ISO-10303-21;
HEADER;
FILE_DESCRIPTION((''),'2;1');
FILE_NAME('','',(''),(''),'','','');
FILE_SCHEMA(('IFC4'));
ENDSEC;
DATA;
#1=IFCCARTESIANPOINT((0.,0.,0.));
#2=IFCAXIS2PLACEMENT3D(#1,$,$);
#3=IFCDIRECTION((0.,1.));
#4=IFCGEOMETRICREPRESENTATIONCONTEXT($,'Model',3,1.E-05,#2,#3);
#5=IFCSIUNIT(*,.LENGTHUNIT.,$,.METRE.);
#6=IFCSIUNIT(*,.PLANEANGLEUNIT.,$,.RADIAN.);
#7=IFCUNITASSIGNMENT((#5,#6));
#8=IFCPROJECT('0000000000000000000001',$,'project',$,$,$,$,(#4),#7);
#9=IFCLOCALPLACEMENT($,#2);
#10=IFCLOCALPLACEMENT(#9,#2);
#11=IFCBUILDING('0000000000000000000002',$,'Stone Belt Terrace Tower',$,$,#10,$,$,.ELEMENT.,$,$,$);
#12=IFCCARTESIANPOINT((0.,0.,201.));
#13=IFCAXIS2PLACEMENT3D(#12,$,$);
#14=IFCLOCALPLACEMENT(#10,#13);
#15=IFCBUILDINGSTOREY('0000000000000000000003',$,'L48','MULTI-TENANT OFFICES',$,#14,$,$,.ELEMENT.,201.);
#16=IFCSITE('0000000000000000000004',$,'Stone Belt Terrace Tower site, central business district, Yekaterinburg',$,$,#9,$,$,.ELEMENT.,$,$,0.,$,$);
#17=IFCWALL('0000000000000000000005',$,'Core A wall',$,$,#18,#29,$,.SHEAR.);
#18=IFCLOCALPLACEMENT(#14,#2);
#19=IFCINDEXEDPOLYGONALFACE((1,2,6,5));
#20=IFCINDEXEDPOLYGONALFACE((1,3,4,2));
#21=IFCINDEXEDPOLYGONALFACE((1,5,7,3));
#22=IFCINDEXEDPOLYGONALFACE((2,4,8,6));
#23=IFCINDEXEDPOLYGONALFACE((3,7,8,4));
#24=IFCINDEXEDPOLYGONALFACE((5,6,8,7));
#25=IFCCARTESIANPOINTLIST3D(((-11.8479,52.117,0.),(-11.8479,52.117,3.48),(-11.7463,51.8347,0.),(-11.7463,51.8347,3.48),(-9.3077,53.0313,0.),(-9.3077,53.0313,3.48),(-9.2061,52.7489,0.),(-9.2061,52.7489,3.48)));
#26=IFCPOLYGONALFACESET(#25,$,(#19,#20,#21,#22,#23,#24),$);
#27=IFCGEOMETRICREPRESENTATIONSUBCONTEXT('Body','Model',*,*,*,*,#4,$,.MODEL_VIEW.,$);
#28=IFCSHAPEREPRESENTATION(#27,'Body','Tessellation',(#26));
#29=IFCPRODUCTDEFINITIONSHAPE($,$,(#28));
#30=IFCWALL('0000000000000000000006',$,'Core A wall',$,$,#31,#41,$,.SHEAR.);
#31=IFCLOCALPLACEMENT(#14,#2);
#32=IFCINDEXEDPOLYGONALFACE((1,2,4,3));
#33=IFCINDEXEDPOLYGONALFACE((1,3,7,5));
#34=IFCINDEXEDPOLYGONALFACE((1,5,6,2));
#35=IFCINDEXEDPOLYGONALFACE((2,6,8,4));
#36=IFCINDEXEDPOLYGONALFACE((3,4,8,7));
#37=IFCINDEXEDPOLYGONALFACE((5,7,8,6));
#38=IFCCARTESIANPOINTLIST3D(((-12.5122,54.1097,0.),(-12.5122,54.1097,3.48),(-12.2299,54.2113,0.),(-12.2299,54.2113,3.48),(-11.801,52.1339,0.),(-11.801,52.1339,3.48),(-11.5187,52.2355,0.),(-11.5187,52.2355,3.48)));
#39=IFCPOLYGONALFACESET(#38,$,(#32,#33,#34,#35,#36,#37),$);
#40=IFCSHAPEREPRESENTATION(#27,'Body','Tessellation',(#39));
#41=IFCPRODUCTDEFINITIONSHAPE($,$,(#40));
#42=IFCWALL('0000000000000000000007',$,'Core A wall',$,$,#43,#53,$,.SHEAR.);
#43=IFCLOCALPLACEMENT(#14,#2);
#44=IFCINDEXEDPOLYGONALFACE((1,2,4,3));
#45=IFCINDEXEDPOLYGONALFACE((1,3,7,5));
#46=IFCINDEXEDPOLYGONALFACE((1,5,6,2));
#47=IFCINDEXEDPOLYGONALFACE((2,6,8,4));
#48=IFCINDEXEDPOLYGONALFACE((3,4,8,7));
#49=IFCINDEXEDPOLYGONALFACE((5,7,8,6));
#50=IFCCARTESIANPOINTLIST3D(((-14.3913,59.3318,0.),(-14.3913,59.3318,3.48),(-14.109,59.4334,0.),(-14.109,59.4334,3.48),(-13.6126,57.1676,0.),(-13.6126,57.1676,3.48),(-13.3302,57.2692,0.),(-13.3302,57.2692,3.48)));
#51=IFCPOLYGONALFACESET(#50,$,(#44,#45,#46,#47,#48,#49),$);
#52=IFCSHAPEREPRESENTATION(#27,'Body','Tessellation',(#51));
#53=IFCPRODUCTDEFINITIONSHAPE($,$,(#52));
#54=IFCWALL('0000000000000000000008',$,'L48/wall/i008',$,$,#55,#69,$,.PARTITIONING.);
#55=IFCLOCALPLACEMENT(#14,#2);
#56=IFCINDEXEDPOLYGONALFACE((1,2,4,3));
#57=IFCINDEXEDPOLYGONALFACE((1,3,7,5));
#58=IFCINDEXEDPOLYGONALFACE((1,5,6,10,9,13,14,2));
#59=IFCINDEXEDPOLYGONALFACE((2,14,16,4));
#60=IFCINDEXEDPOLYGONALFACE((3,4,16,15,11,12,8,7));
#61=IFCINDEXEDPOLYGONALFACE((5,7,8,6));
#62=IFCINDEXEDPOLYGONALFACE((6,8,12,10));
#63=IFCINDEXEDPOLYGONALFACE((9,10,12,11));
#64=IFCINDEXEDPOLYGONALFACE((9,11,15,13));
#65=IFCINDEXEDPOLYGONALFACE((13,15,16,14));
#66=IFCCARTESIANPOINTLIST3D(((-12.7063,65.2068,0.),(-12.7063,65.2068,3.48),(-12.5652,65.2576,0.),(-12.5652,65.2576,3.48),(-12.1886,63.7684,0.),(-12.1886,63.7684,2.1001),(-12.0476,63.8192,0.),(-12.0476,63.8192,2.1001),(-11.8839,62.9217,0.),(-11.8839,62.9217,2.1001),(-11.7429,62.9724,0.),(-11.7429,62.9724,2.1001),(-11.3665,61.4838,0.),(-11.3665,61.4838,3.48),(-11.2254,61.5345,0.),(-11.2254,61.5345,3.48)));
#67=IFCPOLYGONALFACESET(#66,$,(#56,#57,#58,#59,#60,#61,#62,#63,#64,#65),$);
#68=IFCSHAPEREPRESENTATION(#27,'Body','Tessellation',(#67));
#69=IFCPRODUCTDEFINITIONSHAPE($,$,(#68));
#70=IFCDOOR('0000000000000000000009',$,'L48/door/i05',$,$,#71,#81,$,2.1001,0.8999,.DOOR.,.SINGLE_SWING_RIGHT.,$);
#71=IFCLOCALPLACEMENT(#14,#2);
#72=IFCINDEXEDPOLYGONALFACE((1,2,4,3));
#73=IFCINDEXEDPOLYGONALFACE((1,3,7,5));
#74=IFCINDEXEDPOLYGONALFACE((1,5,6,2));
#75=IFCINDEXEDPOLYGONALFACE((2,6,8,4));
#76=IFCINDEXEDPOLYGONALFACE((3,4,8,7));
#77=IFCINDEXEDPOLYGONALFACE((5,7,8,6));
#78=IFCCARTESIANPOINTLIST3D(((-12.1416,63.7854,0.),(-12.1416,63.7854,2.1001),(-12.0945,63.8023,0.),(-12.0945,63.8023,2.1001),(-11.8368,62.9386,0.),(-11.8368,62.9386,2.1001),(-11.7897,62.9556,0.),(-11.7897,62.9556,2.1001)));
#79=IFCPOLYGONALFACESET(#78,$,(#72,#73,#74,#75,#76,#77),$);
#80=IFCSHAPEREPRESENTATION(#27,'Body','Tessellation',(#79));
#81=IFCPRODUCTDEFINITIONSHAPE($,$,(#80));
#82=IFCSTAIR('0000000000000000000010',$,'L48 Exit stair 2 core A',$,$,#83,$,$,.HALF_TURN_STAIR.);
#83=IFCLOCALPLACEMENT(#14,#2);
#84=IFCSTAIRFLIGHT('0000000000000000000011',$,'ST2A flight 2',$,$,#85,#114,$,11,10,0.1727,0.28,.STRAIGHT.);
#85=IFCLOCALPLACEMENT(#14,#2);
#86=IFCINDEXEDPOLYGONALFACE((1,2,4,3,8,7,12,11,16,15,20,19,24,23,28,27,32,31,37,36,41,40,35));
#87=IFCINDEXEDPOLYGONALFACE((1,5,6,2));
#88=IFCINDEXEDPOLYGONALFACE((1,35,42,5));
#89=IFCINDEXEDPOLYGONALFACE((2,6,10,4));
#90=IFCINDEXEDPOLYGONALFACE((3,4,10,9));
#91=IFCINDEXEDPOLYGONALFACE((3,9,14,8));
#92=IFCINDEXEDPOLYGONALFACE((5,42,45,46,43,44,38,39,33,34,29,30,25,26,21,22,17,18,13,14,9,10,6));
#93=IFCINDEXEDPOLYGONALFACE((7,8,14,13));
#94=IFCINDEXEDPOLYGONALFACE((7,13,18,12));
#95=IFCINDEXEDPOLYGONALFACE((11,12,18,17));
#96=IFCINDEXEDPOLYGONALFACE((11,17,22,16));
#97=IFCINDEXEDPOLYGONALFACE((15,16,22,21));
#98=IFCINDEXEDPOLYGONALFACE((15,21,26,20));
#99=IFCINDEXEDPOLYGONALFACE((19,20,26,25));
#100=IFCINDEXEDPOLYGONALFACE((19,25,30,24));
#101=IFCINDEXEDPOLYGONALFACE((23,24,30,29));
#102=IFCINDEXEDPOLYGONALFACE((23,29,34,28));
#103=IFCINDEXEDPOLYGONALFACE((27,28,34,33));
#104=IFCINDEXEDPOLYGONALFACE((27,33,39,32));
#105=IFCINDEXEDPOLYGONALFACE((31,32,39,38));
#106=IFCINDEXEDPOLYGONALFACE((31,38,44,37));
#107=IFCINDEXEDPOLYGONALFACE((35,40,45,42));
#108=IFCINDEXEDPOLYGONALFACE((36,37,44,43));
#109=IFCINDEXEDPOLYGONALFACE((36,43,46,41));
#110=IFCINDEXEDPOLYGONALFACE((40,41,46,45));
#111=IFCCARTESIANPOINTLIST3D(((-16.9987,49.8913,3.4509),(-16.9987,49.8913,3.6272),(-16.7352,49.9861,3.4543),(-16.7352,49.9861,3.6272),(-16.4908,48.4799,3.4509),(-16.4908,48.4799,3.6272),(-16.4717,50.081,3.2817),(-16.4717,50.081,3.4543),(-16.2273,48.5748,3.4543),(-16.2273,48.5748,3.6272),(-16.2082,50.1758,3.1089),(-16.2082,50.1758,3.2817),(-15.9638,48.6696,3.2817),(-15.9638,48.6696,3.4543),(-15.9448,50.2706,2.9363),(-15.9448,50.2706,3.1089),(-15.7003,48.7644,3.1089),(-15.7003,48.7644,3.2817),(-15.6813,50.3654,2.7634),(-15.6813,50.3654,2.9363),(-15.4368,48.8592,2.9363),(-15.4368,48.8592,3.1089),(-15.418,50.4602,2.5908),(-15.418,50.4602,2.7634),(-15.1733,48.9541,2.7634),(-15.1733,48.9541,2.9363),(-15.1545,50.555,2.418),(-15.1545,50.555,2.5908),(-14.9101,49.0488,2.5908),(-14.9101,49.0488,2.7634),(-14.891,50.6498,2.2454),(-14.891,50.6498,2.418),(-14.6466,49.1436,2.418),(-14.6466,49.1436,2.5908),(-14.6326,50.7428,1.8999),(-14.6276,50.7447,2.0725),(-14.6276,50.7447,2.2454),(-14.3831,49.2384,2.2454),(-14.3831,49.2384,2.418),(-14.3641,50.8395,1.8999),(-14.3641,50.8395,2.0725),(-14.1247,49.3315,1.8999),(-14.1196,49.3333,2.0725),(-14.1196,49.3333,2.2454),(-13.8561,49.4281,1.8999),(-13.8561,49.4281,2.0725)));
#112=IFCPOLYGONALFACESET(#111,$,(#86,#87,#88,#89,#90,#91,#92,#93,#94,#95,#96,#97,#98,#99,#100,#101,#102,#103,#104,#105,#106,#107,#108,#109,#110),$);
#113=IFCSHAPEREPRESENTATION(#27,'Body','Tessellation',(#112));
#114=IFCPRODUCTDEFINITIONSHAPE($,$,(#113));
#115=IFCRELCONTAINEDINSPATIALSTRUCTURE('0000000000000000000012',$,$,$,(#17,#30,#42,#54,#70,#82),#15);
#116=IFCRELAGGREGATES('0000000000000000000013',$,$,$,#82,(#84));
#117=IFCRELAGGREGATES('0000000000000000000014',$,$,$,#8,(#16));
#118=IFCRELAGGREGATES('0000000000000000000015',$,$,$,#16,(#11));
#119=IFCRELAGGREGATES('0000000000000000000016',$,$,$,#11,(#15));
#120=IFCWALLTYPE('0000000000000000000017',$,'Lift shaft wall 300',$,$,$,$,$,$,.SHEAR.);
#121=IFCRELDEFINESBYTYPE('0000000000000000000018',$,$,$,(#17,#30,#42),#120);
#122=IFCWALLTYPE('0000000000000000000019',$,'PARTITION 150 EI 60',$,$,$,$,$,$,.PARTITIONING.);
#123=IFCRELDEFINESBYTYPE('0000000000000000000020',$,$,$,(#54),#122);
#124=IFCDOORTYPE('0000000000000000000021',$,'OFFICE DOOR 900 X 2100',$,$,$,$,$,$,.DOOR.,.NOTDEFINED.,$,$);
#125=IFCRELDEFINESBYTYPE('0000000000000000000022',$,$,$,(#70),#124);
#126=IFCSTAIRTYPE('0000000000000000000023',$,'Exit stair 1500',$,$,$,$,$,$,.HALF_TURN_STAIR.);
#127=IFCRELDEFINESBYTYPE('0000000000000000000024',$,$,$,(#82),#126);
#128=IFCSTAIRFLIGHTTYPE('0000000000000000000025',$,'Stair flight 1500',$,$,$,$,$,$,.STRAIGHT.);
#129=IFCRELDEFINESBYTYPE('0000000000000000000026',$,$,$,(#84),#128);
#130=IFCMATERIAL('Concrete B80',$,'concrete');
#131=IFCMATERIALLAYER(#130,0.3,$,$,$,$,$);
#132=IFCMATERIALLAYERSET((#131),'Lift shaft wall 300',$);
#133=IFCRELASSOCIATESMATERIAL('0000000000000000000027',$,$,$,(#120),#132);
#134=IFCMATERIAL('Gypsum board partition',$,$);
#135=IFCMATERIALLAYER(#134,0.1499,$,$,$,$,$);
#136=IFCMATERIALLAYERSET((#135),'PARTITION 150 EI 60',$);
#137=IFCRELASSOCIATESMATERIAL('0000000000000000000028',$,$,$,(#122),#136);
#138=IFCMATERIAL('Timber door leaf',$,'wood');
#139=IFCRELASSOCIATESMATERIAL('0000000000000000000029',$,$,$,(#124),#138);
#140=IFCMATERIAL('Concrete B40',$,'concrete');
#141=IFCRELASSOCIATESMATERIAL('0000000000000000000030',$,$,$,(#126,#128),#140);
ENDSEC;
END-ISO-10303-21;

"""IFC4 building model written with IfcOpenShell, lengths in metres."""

from ifc_helpers import new_model, si_unit, direction, frame, frame_2d, origin, place, context, subcontext, project, spatial, polyline, rectangle, outline, extrude, material, layer, layer_set, type_object, element, fill, aggregate, save


model = new_model("IFC4")

# Units and contexts
model_context = context("Model", 3, precision=1e-05, world=origin(), true_north=direction((0.0, 1.0)))
body_context = subcontext(model_context, "Body", "Model", "MODEL_VIEW")
ifc_project = project(units=[si_unit("LENGTHUNIT", "METRE"), si_unit("PLANEANGLEUNIT", "RADIAN")], contexts=[model_context])

# Site, building, storey
site_placement = place(None, origin())
site = spatial("IfcSite", under=ifc_project, at=site_placement, Name="Stone Belt Terrace Tower site, central business district, Yekaterinburg", CompositionType="ELEMENT", RefElevation=0.0)
building_placement = place(site_placement, origin())
building = spatial("IfcBuilding", under=site, at=building_placement, Name="Stone Belt Terrace Tower", CompositionType="ELEMENT")
storey_placement = place(building_placement, frame((0.0, 0.0, 201.0)))
storey = spatial("IfcBuildingStorey", under=building, at=storey_placement, Name="L48", Description="MULTI-TENANT OFFICES", CompositionType="ELEMENT", Elevation=201.0)

# Shared definitions
ifc_material_1 = material(Name="Timber door leaf", Category="wood")

# Walls
ifc_material_2 = material(Name="Concrete B80", Category="concrete")
ifc_layer_1 = layer(ifc_material_2, 0.3)
ifc_layer_set_1 = layer_set([ifc_layer_1], Name="Lift shaft wall 300")
wall_type_1 = type_object("IfcWallType", Name="Lift shaft wall 300", PredefinedType="SHEAR", material=ifc_layer_set_1)
wall_1_placement = place(storey_placement, frame((-11.7971, 51.9758, 0.0), z_axis=(0.0, 0.0, 1.0), x_axis=(0.94091, 0.338655, 0.0)))
element("IfcWall", 1, at=wall_1_placement, inside=storey, type_object=wall_type_1, Name="Core A wall", PredefinedType="SHEAR", context=body_context, shape_type="SweptSolid", body=[
    extrude(rectangle(XDim=2.6997, YDim=0.3, at=frame_2d((1.3499, 0.0))), origin(), (0.0, 0.0, 1.0), 3.48),
])
wall_2_placement = place(storey_placement, frame((-11.6599, 52.1848, 0.0), z_axis=(0.0, 0.0, 1.0), x_axis=(-0.33867, 0.940905, 0.0)))
element("IfcWall", 2, at=wall_2_placement, inside=storey, type_object=wall_type_1, Name="Core A wall", PredefinedType="SHEAR", context=body_context, shape_type="SweptSolid", body=[
    extrude(rectangle(XDim=2.0999, YDim=0.3, at=frame_2d((1.0498, 0.0))), origin(), (0.0, 0.0, 1.0), 3.48),
])
wall_3_placement = place(storey_placement, frame((-13.4714, 57.2185, 0.0), z_axis=(0.0, 0.0, 1.0), x_axis=(-0.338588, 0.940935, 0.0)))
element("IfcWall", 3, at=wall_3_placement, inside=storey, type_object=wall_type_1, Name="Core A wall", PredefinedType="SHEAR", context=body_context, shape_type="SweptSolid", body=[
    extrude(rectangle(XDim=2.3, YDim=0.3, at=frame_2d((1.1499, 0.0))), origin(), (0.0, 0.0, 1.0), 3.48),
])

# Wall, opening, door
ifc_material_3 = material(Name="Gypsum board partition")
ifc_layer_2 = layer(ifc_material_3, 0.1499)
ifc_layer_set_2 = layer_set([ifc_layer_2], Name="PARTITION 150 EI 60")
wall_type_2 = type_object("IfcWallType", Name="PARTITION 150 EI 60", PredefinedType="PARTITIONING", material=ifc_layer_set_2)
wall_4_placement = place(storey_placement, frame((-11.2959, 61.509, 0.0), z_axis=(0.0, 0.0, 1.0), x_axis=(-0.33861, 0.940927, 0.0)))
wall_4 = element("IfcWall", 4, at=wall_4_placement, inside=storey, type_object=wall_type_2, Name="L48/wall/i008", PredefinedType="PARTITIONING", context=body_context, shape_type="SweptSolid", body=[
    extrude(rectangle(XDim=3.9568, YDim=0.1499, at=frame_2d((1.9785, 0.0))), origin(), (0.0, 0.0, 1.0), 3.48),
])
opening_1_placement = place(wall_4_placement, frame((1.5283, 0.0, 0.0)))
opening_1 = element("IfcOpeningElement", 5, at=opening_1_placement, cuts=wall_4, PredefinedType="OPENING", context=body_context, shape_type="SweptSolid", body=[
    extrude(rectangle(XDim=0.8999, YDim=2.1001, at=frame_2d((0.45, 1.05))), frame((0.0, 0.085, 0.0), z_axis=(0.0, -1.0, 0.0), x_axis=(1.0, 0.0, 0.0)), (0.0, 0.0, 1.0), 0.1699),
])
door_type_1 = type_object("IfcDoorType", Name="OFFICE DOOR 900 X 2100", OperationType="NOTDEFINED", PredefinedType="DOOR", material=ifc_material_1)
door_1_placement = place(opening_1_placement, origin())
door_1 = element("IfcDoor", 6, at=door_1_placement, inside=storey, type_object=door_type_1, Name="L48/door/i05", OperationType="SINGLE_SWING_RIGHT", OverallHeight=2.1001, OverallWidth=0.8999, PredefinedType="DOOR", context=body_context, shape_type="SweptSolid", body=[
    extrude(rectangle(XDim=0.8999, YDim=2.1001, at=frame_2d((0.45, 1.05))), frame((0.0, 0.0249, 0.0), z_axis=(0.0, -1.0, 0.0), x_axis=(1.0, 0.0, 0.0)), (0.0, 0.0, 1.0), 0.05),
])
fill(opening_1, door_1)

# Stair, stair flight
ifc_material_4 = material(Name="Concrete B40", Category="concrete")
stair_type = type_object("IfcStairType", Name="Exit stair 1500", PredefinedType="HALF_TURN_STAIR", material=ifc_material_4)
stair_placement = place(storey_placement, origin())
stair = element("IfcStair", 7, at=stair_placement, inside=storey, type_object=stair_type, Name="L48 Exit stair 2 core A", PredefinedType="HALF_TURN_STAIR")
stair_flight_type = type_object("IfcStairFlightType", Name="Stair flight 1500", PredefinedType="STRAIGHT", material=ifc_material_4)
stair_flight_placement = place(storey_placement, frame((-14.1101, 50.1338, 1.8999), z_axis=(0.0, 0.0, 1.0), x_axis=(-0.940922, -0.338624, 0.0)))
stair_flight = element("IfcStairFlight", 8, at=stair_flight_placement, type_object=stair_flight_type, Name="ST2A flight 2", NumberOfRisers=11, NumberOfTreads=10, PredefinedType="STRAIGHT", RiserHeight=0.1727, TreadLength=0.28, context=body_context, shape_type="SweptSolid", body=[
    extrude(outline(polyline([(0.0, 0.0), (0.0, 0.1726), (0.28, 0.1726), (0.28, 0.3455), (0.5601, 0.3455), (0.5601, 0.5181), (0.8401, 0.5181), (0.8401, 0.6909), (1.1201, 0.6909), (1.1201, 0.8635), (1.3999, 0.8635), (1.3999, 1.0364), (1.6799, 1.0364), (1.6799, 1.209), (1.96, 1.209), (1.96, 1.3818), (2.24, 1.3818), (2.24, 1.5544), (2.52, 1.5544), (2.52, 1.7273), (2.8, 1.7273), (2.8, 1.8999), (2.8, 1.551), (0.2854, 0.0), (0.0, 0.0)])), frame((0.0, 0.75, 0.0), z_axis=(0.0, -1.0, 0.0), x_axis=(1.0, 0.0, 0.0)), (0.0, 0.0, 1.0), 1.5),
])
aggregate(stair, [stair_flight])

save(model, "model.ifc")
